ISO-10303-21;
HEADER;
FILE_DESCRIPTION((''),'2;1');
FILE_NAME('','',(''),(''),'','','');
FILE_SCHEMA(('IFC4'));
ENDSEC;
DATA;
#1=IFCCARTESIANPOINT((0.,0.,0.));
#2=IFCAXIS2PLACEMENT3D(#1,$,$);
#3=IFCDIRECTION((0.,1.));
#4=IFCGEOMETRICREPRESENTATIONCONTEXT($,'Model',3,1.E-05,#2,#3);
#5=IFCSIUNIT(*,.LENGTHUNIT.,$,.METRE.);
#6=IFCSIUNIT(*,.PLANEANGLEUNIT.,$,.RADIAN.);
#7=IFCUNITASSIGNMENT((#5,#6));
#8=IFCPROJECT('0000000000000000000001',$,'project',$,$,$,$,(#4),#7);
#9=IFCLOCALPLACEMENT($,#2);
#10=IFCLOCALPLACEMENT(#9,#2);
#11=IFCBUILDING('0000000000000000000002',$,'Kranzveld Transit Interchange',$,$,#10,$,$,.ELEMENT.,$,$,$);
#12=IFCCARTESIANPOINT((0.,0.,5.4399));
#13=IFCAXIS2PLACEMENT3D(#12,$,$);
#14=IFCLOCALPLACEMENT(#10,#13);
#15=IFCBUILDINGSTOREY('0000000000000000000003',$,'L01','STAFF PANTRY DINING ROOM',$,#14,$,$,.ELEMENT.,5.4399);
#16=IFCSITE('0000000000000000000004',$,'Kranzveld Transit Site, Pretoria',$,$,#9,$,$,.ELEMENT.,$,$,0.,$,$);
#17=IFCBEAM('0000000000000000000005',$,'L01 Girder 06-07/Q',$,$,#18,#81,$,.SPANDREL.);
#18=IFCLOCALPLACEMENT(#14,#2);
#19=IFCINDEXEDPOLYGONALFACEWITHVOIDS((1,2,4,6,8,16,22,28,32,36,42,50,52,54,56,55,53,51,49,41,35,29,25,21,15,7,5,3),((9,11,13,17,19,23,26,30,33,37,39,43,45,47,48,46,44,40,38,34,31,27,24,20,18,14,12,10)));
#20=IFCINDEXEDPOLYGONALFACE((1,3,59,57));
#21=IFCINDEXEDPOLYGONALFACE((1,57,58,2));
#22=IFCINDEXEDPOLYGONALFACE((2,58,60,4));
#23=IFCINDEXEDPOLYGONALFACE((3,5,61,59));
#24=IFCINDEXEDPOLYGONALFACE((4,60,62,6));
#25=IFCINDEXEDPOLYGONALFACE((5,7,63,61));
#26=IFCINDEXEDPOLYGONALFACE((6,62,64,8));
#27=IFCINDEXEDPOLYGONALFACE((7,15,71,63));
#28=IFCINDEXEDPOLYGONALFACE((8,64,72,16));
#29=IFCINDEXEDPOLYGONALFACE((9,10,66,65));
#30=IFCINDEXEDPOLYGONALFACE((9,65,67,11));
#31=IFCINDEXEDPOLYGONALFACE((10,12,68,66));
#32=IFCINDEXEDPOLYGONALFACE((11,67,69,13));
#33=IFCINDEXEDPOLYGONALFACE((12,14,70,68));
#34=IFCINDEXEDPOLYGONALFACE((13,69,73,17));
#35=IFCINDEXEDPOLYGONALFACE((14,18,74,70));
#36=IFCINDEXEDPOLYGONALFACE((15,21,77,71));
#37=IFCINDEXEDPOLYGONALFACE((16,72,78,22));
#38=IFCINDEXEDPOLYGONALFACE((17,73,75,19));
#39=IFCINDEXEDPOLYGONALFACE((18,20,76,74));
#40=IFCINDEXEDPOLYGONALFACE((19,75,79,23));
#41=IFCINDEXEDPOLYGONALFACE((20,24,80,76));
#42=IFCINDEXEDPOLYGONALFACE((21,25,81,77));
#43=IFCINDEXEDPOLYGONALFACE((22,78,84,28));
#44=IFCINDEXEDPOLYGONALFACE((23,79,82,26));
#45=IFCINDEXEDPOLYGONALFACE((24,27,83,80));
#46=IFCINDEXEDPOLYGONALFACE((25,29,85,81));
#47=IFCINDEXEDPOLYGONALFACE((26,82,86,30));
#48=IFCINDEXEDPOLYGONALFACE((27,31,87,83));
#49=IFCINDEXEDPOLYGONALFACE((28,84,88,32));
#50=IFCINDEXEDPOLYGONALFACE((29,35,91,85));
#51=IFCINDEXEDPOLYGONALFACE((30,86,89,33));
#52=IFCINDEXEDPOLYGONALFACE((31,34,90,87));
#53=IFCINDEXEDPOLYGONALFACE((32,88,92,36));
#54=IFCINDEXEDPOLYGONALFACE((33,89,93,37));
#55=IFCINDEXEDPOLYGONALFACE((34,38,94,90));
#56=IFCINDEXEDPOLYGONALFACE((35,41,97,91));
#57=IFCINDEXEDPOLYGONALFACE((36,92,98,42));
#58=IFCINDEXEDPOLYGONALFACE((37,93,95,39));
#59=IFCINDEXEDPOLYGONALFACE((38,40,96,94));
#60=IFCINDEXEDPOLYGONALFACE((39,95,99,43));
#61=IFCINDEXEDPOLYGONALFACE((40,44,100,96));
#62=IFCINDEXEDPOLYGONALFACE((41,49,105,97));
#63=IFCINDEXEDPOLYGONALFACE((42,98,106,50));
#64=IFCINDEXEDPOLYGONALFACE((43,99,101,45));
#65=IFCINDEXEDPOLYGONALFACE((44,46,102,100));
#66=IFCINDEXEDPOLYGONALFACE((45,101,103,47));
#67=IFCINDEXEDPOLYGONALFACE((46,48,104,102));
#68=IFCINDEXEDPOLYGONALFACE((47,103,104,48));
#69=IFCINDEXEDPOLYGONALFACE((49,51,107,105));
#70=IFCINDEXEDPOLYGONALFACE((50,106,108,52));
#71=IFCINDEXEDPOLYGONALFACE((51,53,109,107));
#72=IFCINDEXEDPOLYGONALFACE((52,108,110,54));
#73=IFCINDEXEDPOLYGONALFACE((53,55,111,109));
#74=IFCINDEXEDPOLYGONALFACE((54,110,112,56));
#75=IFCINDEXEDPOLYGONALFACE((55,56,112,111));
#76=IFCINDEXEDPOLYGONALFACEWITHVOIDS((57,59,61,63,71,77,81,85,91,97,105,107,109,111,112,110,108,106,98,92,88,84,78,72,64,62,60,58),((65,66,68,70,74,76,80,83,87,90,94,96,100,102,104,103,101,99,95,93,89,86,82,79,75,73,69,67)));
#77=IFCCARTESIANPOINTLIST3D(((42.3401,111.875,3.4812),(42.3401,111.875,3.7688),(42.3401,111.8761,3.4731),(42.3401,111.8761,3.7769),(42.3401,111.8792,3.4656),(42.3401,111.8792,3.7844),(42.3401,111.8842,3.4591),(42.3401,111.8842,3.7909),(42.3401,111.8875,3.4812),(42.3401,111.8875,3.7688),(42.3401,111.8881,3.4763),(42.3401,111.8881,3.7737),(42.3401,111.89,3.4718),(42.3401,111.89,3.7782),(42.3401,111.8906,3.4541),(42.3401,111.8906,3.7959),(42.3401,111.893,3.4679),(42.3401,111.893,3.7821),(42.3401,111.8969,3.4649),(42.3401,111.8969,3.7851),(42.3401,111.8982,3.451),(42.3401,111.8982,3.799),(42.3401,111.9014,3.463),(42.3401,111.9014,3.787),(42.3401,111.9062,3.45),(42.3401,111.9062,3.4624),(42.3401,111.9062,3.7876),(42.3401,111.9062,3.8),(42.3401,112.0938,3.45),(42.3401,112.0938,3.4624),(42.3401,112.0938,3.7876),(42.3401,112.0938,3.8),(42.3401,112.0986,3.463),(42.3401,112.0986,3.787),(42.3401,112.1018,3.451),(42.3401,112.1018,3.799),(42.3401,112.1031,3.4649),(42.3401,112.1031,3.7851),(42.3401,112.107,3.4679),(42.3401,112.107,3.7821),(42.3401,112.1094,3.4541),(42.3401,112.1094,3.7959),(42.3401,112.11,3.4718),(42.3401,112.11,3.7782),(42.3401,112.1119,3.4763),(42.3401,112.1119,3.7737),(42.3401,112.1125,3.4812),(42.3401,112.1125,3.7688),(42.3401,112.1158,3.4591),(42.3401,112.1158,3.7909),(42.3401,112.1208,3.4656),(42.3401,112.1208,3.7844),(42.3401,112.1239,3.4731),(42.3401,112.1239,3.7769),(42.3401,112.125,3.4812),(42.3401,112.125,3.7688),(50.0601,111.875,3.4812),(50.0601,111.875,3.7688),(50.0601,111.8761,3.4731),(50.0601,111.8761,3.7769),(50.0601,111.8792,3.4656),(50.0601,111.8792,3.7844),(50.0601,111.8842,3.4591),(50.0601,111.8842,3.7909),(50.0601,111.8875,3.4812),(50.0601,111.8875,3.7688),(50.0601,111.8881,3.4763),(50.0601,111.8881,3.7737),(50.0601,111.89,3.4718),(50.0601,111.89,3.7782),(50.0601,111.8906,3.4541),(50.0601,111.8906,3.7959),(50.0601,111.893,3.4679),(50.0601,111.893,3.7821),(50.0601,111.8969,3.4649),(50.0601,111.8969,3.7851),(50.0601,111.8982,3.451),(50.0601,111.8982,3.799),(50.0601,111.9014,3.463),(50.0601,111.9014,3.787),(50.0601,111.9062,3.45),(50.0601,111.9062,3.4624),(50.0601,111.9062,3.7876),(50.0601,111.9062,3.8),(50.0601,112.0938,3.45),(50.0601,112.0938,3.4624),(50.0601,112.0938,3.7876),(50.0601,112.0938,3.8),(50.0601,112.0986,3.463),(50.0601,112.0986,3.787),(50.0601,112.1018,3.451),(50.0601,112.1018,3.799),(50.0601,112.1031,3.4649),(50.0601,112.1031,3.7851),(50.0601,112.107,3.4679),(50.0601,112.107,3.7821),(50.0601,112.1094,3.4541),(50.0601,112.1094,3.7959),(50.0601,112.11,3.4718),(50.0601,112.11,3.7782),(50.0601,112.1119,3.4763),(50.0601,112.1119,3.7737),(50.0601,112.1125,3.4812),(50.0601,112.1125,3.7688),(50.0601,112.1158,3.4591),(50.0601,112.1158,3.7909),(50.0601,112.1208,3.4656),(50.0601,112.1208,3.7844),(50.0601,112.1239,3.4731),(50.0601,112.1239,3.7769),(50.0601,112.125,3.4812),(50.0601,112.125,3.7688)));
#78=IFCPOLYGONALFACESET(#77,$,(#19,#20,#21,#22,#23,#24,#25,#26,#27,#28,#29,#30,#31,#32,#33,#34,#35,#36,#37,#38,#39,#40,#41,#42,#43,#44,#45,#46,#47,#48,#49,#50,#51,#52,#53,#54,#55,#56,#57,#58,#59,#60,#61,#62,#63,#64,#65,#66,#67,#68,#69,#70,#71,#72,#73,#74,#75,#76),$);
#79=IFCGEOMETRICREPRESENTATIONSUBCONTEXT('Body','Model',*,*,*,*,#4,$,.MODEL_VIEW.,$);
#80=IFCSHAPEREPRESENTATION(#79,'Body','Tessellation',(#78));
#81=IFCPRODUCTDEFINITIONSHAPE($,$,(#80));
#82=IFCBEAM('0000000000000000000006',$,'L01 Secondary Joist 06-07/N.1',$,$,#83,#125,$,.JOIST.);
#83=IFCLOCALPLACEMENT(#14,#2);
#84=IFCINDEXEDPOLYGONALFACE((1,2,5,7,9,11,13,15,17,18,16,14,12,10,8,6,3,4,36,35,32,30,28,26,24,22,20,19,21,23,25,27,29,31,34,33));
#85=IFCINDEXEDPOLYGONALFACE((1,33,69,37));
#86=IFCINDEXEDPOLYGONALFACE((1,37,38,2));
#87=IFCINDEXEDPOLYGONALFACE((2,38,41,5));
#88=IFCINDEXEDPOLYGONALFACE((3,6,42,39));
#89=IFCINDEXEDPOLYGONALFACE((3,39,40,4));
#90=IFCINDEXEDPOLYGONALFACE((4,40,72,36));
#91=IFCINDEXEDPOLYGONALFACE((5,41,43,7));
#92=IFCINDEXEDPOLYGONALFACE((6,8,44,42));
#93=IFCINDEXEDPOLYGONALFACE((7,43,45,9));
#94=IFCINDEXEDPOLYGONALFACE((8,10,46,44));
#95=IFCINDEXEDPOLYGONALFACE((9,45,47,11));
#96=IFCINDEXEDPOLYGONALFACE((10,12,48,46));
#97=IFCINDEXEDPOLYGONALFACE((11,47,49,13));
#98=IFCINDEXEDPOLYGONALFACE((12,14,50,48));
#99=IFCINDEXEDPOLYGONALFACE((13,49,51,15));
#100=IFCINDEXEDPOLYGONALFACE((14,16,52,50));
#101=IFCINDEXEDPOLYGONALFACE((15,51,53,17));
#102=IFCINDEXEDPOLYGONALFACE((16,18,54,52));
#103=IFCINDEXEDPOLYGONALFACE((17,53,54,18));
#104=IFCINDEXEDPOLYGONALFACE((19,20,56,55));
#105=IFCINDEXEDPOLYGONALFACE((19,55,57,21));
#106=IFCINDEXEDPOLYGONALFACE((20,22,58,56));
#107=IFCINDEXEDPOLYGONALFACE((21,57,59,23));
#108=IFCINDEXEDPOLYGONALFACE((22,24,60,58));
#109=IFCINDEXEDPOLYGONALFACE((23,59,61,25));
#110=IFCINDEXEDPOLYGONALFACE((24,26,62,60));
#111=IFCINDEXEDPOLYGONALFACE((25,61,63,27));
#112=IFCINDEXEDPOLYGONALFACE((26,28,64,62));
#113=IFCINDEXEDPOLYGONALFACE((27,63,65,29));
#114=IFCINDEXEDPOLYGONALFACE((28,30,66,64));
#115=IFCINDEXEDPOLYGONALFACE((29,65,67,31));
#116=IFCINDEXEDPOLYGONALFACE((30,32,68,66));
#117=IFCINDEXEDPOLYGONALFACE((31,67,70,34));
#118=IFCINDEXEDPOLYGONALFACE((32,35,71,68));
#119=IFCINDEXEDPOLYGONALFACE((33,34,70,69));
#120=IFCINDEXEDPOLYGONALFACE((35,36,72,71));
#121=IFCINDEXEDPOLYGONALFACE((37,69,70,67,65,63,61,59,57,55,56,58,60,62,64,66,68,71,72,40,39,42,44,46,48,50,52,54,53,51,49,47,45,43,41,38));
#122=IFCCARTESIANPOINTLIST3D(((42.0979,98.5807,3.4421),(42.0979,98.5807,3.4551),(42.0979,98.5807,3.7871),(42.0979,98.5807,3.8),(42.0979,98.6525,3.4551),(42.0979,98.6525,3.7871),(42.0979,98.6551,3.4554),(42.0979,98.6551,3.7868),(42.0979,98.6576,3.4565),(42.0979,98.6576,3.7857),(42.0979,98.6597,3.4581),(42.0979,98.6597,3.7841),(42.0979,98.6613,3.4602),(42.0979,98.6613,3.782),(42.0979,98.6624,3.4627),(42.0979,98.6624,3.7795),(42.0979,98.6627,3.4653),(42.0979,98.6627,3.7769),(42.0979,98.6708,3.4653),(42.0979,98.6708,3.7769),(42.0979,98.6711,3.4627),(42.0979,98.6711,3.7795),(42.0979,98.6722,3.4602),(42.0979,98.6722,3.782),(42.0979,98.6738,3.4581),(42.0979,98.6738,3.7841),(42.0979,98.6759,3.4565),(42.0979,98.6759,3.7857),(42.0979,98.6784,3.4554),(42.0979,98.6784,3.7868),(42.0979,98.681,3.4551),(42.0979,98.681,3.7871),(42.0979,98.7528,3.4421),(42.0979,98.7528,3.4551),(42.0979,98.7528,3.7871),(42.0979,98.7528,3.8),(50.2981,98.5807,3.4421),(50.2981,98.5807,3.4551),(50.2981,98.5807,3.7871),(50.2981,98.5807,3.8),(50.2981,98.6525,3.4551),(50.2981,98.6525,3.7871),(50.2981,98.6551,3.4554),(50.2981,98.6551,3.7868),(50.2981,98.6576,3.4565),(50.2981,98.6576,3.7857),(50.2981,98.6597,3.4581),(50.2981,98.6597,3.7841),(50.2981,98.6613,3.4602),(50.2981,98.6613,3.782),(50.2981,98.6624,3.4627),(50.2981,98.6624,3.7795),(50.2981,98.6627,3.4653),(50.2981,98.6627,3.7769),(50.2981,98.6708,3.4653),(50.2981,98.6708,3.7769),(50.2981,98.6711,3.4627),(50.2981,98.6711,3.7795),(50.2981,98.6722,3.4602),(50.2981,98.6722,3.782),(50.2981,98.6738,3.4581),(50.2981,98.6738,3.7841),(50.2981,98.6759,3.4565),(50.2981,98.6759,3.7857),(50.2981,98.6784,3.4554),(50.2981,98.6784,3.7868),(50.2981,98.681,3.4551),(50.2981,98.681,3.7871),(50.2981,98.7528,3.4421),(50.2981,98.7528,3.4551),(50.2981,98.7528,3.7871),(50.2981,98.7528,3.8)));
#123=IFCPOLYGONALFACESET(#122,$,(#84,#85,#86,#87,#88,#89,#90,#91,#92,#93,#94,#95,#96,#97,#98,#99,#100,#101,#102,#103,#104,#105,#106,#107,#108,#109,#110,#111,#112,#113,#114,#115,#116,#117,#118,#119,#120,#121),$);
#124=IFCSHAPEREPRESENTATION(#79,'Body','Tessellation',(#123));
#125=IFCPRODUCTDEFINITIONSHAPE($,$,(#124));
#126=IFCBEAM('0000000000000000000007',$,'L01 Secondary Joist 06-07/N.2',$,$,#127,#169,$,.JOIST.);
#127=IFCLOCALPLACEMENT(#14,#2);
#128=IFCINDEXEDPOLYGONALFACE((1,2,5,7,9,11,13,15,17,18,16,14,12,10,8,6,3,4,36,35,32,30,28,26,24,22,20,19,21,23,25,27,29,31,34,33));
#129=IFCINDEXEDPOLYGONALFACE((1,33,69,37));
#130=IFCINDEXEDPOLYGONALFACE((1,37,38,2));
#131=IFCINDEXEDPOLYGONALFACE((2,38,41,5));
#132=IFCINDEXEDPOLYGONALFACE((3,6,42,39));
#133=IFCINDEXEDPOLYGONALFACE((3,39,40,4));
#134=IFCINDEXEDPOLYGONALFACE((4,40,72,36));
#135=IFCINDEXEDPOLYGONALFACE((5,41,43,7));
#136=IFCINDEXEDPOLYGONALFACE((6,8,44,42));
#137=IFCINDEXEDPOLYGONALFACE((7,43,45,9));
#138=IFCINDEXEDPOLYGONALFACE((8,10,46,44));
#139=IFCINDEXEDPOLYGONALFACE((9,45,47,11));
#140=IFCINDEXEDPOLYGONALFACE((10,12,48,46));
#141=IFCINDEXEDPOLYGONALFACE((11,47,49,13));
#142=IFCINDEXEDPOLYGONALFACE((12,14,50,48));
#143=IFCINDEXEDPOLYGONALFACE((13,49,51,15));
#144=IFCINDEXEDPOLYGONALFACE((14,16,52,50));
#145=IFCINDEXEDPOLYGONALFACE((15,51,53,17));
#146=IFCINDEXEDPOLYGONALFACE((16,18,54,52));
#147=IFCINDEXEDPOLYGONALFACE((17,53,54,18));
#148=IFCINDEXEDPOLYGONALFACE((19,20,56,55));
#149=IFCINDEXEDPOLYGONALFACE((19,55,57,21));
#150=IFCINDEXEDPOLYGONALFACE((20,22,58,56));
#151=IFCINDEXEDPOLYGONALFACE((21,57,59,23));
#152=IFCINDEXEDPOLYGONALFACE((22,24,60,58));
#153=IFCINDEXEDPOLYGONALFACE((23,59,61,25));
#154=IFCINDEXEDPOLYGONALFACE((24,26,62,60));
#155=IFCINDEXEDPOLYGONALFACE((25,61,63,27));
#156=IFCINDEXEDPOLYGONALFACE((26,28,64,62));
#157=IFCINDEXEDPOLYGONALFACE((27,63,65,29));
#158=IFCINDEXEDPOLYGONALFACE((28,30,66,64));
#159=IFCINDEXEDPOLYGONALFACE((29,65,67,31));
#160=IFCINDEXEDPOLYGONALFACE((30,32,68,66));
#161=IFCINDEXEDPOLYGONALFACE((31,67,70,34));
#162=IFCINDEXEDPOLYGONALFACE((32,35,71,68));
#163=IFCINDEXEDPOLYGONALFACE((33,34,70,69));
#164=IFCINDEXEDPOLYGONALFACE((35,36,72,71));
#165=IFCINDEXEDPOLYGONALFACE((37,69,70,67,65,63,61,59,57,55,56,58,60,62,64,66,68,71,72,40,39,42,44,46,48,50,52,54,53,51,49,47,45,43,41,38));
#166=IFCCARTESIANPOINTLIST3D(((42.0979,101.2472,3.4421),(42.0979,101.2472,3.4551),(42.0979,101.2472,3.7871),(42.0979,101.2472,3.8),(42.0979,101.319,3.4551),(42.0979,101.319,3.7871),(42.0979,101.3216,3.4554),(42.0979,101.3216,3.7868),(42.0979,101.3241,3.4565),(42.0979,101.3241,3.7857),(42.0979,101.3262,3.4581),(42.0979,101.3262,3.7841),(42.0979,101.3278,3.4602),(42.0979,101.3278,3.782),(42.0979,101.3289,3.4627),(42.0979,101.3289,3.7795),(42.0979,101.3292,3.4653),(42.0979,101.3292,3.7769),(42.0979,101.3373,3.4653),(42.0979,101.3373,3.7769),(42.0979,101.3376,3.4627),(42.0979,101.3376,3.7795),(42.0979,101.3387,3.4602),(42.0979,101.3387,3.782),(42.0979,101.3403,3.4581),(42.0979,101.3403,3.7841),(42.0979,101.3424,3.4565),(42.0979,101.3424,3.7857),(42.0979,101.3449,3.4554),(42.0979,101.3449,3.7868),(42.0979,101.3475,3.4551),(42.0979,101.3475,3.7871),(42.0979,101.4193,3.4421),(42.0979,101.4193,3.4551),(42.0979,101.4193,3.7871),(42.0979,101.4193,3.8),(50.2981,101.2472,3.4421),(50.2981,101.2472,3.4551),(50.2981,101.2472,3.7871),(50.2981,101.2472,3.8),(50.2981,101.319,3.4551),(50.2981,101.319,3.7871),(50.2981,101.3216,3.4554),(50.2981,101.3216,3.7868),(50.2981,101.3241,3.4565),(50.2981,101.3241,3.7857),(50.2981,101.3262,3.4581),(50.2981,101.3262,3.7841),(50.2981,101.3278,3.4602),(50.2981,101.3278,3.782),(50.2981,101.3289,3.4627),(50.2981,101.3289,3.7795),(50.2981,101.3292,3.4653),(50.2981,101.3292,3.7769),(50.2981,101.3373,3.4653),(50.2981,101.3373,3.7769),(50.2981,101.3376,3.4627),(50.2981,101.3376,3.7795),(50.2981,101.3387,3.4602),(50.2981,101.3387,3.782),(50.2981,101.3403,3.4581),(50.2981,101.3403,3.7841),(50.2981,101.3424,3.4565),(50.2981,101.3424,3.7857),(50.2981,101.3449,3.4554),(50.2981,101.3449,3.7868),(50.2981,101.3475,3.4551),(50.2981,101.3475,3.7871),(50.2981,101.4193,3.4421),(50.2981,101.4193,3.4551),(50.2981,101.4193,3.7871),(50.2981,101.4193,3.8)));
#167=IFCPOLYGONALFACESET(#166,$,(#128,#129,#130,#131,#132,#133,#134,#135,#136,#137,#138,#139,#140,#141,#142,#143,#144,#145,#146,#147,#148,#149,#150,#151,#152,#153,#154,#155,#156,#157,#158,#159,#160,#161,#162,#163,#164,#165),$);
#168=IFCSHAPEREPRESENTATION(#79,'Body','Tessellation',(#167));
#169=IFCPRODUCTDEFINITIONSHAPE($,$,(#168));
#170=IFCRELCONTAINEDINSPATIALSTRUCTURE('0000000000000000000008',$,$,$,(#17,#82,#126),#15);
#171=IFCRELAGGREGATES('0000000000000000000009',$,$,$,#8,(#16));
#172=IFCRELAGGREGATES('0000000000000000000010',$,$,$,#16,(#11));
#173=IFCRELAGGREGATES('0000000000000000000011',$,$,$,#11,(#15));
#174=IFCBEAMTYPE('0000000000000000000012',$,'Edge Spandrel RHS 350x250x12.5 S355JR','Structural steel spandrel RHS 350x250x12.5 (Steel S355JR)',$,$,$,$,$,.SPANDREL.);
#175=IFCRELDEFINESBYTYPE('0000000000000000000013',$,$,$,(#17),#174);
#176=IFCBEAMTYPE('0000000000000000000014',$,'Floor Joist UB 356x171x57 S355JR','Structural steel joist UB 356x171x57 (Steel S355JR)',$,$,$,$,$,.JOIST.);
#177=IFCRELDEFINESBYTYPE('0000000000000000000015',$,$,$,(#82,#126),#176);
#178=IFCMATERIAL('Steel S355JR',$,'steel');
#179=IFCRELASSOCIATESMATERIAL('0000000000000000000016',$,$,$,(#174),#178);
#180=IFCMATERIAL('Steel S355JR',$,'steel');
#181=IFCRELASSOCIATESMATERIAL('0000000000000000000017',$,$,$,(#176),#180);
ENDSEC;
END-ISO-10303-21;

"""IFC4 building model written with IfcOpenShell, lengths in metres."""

from ifc_helpers import new_model, si_unit, direction, frame, origin, origin_2d, place, context, subcontext, project, spatial, hollow_rectangle, i_section, extrude, material, material_profile, profile_set, type_object, element, save


model = new_model("IFC4")

# Units and contexts
model_context = context("Model", 3, precision=1e-05, world=origin(), true_north=direction((0.0, 1.0)))
body_context = subcontext(model_context, "Body", "Model", "MODEL_VIEW")
ifc_project = project(units=[si_unit("LENGTHUNIT", "METRE"), si_unit("PLANEANGLEUNIT", "RADIAN")], contexts=[model_context])

# Site, building, storey
site_placement = place(None, origin())
site = spatial("IfcSite", under=ifc_project, at=site_placement, Name="Kranzveld Transit Site, Pretoria", CompositionType="ELEMENT", RefElevation=0.0)
building_placement = place(site_placement, origin())
building = spatial("IfcBuilding", under=site, at=building_placement, Name="Kranzveld Transit Interchange", CompositionType="ELEMENT")
storey_placement = place(building_placement, frame((0.0, 0.0, 5.4399)))
storey = spatial("IfcBuildingStorey", under=building, at=storey_placement, Name="L01", Description="STAFF PANTRY DINING ROOM", CompositionType="ELEMENT", Elevation=5.4399)

# Beams
ifc_material_1 = material(Name="Steel S355JR", Category="steel")
ifc_material_profile_1 = material_profile(ifc_material_1, hollow_rectangle(XDim=0.25, YDim=0.3501, WallThickness=0.0125, InnerFilletRadius=0.0188, OuterFilletRadius=0.0312, at=origin_2d()), Name="RHS 350x250x12.5")
ifc_profile_set_1 = profile_set([ifc_material_profile_1], Name="Steel S355JR")
beam_type_1 = type_object("IfcBeamType", Name="Edge Spandrel RHS 350x250x12.5 S355JR", Description="Structural steel spandrel RHS 350x250x12.5 (Steel S355JR)", PredefinedType="SPANDREL", material=ifc_profile_set_1)
beam_1_placement = place(storey_placement, frame((42.3401, 112.0, 3.625), z_axis=(1.0, 0.0, 0.0), x_axis=(0.0, 1.0, 0.0)))
element("IfcBeam", 1, at=beam_1_placement, inside=storey, type_object=beam_type_1, Name="L01 Girder 06-07/Q", PredefinedType="SPANDREL", context=body_context, shape_type="SweptSolid", body=[
    extrude(hollow_rectangle(XDim=0.25, YDim=0.3501, WallThickness=0.0125, InnerFilletRadius=0.0188, OuterFilletRadius=0.0312, at=origin_2d()), origin(), (0.0, 0.0, 1.0), 7.72),
])
ifc_material_2 = material(Name="Steel S355JR", Category="steel")
ifc_material_profile_2 = material_profile(ifc_material_2, i_section(OverallWidth=0.1721, OverallDepth=0.3579, WebThickness=0.0081, FlangeThickness=0.0129, FilletRadius=0.0103, at=origin_2d()), Name="UB 356x171x57")
ifc_profile_set_2 = profile_set([ifc_material_profile_2], Name="Steel S355JR")
beam_type_2 = type_object("IfcBeamType", Name="Floor Joist UB 356x171x57 S355JR", Description="Structural steel joist UB 356x171x57 (Steel S355JR)", PredefinedType="JOIST", material=ifc_profile_set_2)
for number, where, z_axis, x_axis, name in (
    (2, (42.0979, 98.6667, 3.6211), (1.0, 0.0, 0.0), (0.0, 1.0, 0.0), "L01 Secondary Joist 06-07/N.1"),
    (3, (42.0979, 101.3333, 3.6211), (1.0, 0.0, 0.0), (0.0, 1.0, 0.0), "L01 Secondary Joist 06-07/N.2"),
):
    element("IfcBeam", number, at=place(storey_placement, frame(where, z_axis=z_axis, x_axis=x_axis)), inside=storey, type_object=beam_type_2, Name=name, PredefinedType="JOIST", context=body_context, shape_type="SweptSolid", body=[
        extrude(i_section(OverallWidth=0.1721, OverallDepth=0.3579, WebThickness=0.0081, FlangeThickness=0.0129, FilletRadius=0.0103, at=origin_2d()), origin(), (0.0, 0.0, 1.0), 8.2002),
    ])

save(model, "model.ifc")
